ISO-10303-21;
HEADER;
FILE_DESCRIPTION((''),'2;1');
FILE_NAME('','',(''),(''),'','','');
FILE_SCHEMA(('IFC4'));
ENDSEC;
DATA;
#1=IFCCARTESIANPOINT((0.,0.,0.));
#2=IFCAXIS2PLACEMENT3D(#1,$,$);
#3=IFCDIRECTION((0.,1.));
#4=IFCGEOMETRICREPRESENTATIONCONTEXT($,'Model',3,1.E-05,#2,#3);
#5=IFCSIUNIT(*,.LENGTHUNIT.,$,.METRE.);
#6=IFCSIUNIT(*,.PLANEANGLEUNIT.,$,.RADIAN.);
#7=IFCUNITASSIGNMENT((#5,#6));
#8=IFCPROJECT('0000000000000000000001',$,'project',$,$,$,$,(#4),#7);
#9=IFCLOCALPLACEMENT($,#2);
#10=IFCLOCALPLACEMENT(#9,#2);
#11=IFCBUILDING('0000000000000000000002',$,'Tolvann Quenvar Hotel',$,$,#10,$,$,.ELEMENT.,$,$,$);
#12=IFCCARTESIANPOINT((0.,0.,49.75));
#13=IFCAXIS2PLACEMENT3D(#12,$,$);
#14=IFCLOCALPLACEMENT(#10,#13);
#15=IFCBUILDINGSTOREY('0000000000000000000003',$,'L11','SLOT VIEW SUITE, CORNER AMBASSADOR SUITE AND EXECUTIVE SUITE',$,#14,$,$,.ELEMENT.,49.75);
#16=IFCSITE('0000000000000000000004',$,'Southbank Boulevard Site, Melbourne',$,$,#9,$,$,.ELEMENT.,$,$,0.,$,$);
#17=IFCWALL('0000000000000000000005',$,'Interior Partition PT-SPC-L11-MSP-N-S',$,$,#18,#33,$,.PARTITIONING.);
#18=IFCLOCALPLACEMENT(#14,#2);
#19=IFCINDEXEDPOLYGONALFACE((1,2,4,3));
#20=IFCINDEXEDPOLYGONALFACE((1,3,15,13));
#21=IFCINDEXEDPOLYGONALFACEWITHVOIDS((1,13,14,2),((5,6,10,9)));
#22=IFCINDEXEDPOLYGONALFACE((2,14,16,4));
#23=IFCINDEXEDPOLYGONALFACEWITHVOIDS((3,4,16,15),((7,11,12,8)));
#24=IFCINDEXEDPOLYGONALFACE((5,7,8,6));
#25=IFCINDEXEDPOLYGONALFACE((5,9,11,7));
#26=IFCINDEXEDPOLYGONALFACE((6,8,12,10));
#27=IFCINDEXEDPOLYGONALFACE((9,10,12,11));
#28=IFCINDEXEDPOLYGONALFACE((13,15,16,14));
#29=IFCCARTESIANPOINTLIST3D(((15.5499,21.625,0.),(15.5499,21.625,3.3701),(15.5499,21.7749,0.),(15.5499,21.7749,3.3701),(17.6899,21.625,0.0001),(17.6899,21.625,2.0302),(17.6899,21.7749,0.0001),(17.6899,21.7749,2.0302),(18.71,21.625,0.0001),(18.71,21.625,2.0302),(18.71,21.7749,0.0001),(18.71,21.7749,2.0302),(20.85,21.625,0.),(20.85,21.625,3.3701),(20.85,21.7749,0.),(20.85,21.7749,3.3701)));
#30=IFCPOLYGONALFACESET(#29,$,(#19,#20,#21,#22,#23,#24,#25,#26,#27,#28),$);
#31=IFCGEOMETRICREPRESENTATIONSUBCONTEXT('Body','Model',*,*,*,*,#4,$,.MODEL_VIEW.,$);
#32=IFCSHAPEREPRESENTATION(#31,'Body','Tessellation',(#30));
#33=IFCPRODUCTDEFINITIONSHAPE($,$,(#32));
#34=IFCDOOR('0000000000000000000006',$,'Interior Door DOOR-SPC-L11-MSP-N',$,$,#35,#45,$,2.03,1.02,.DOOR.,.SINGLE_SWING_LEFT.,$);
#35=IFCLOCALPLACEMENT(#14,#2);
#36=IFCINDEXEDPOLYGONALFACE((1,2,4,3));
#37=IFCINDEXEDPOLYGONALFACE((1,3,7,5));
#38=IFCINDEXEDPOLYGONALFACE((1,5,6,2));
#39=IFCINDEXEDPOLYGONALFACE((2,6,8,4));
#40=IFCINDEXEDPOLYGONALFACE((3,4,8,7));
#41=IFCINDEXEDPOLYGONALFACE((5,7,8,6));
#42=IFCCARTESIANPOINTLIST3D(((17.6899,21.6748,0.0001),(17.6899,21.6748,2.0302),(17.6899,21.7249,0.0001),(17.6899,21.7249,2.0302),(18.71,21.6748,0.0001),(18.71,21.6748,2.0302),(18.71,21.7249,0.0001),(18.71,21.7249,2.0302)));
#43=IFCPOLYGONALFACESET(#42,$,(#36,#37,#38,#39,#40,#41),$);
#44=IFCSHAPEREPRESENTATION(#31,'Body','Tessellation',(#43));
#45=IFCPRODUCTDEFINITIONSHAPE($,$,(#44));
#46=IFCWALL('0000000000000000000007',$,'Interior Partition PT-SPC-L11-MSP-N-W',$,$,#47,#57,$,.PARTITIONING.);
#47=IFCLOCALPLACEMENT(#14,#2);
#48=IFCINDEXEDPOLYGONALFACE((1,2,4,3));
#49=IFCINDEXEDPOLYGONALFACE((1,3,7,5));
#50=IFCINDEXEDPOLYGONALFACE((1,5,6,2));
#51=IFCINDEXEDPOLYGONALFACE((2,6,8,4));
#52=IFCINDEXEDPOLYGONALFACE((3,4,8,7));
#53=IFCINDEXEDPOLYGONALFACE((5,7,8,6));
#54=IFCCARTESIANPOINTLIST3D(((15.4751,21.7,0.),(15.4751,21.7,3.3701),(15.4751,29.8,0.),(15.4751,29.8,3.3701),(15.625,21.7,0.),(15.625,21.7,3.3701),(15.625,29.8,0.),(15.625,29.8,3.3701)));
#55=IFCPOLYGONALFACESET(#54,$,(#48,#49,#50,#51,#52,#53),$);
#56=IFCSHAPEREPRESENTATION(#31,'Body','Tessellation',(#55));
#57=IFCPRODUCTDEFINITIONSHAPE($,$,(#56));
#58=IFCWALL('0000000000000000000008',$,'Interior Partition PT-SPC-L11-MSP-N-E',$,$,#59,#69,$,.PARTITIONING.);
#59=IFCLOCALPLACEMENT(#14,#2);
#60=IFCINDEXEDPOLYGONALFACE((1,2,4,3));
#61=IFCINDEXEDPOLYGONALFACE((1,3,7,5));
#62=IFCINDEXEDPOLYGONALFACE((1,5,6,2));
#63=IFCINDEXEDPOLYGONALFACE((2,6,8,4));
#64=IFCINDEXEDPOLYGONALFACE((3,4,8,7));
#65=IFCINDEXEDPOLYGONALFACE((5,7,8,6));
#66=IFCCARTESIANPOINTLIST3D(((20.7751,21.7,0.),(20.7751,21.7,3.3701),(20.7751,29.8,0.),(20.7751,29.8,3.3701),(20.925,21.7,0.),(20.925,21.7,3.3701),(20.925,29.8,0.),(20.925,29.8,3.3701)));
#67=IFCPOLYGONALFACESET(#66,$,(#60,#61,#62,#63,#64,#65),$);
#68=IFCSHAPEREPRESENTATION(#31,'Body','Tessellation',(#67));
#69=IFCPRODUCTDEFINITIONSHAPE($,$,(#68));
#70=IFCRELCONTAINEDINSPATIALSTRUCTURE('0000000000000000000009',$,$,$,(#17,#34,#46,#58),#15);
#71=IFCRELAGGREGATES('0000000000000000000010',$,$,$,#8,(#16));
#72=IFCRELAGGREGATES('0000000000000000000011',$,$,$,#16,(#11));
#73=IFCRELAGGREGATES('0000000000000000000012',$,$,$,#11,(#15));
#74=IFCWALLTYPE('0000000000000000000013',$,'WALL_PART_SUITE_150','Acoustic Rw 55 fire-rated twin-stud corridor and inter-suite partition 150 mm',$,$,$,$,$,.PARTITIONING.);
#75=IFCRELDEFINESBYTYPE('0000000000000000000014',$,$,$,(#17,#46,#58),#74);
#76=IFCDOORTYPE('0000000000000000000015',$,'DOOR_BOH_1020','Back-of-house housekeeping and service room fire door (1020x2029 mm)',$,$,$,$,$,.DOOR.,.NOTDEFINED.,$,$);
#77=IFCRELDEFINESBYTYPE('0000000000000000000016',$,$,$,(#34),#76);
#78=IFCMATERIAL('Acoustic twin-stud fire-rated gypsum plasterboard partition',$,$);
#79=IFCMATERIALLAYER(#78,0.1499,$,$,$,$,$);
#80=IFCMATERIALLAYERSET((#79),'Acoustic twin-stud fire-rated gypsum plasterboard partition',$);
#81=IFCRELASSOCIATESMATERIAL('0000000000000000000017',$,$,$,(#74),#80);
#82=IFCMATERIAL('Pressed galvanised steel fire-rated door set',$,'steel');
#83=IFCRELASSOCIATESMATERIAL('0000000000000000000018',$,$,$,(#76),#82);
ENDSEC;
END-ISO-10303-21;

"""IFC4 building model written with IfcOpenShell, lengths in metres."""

from ifc_helpers import new_model, si_unit, direction, frame, frame_2d, origin, place, context, subcontext, project, spatial, rectangle, extrude, source, transform, mapped, material, layer, layer_set, type_object, type_shapes, element, fill, save


model = new_model("IFC4")

# Units and contexts
model_context = context("Model", 3, precision=1e-05, world=origin(), true_north=direction((0.0, 1.0)))
body_context = subcontext(model_context, "Body", "Model", "MODEL_VIEW")
ifc_project = project(units=[si_unit("LENGTHUNIT", "METRE"), si_unit("PLANEANGLEUNIT", "RADIAN")], contexts=[model_context])

# Site, building, storey
site_placement = place(None, origin())
site = spatial("IfcSite", under=ifc_project, at=site_placement, Name="Southbank Boulevard Site, Melbourne", CompositionType="ELEMENT", RefElevation=0.0)
building_placement = place(site_placement, origin())
building = spatial("IfcBuilding", under=site, at=building_placement, Name="Tolvann Quenvar Hotel", CompositionType="ELEMENT")
storey_placement = place(building_placement, frame((0.0, 0.0, 49.75)))
storey = spatial("IfcBuildingStorey", under=building, at=storey_placement, Name="L11", Description="SLOT VIEW SUITE, CORNER AMBASSADOR SUITE AND EXECUTIVE SUITE", CompositionType="ELEMENT", Elevation=49.75)

# Shared definitions
ifc_material_1 = material(Name="Acoustic twin-stud fire-rated gypsum plasterboard partition")
ifc_layer_1 = layer(ifc_material_1, 0.1499)
ifc_layer_set_1 = layer_set([ifc_layer_1], Name="Acoustic twin-stud fire-rated gypsum plasterboard partition")
wall_type_1 = type_object("IfcWallType", Name="WALL_PART_SUITE_150", Description="Acoustic Rw 55 fire-rated twin-stud corridor and inter-suite partition 150 mm", PredefinedType="PARTITIONING", material=ifc_layer_set_1)

# Wall, opening, door
wall_1_placement = place(storey_placement, frame((15.55, 21.7, 0.0), z_axis=(0.0, 0.0, 1.0), x_axis=(1.0, 0.0, 0.0)))
wall_1 = element("IfcWall", 1, at=wall_1_placement, inside=storey, type_object=wall_type_1, Name="Interior Partition PT-SPC-L11-MSP-N-S", PredefinedType="PARTITIONING", context=body_context, shape_type="SweptSolid", body=[
    extrude(rectangle(XDim=5.3, YDim=0.1499, at=frame_2d((2.6499, 0.0))), origin(), (0.0, 0.0, 1.0), 3.3701),
])
opening_1_placement = place(wall_1_placement, frame((2.1399, 0.0, 0.0)))
opening_1 = element("IfcOpeningElement", 2, at=opening_1_placement, cuts=wall_1, PredefinedType="OPENING", context=body_context, shape_type="SweptSolid", body=[
    extrude(rectangle(XDim=1.02, YDim=2.03, at=frame_2d((0.51, 1.0151))), frame((0.0, 0.085, 0.0), z_axis=(0.0, -1.0, 0.0), x_axis=(1.0, 0.0, 0.0)), (0.0, 0.0, 1.0), 0.1699),
])
ifc_material_2 = material(Name="Pressed galvanised steel fire-rated door set", Category="steel")
door_type_1 = type_object("IfcDoorType", Name="DOOR_BOH_1020", Description="Back-of-house housekeeping and service room fire door (1020x2029 mm)", OperationType="NOTDEFINED", PredefinedType="DOOR", material=ifc_material_2)
shared_shape_1 = source(origin(), body_context, "Body", "SweptSolid", [
    extrude(rectangle(XDim=1.02, YDim=2.03, at=frame_2d((0.51, 1.0151))), frame((0.0, 0.0249, 0.0), z_axis=(0.0, -1.0, 0.0), x_axis=(1.0, 0.0, 0.0)), (0.0, 0.0, 1.0), 0.05),
])
type_shapes(door_type_1, [shared_shape_1])
door_1_placement = place(opening_1_placement, origin())
door_1 = element("IfcDoor", 3, at=door_1_placement, inside=storey, type_object=door_type_1, Name="Interior Door DOOR-SPC-L11-MSP-N", OperationType="SINGLE_SWING_LEFT", OverallHeight=2.03, OverallWidth=1.02, PredefinedType="DOOR", context=body_context, shape_type="MappedRepresentation", body=[
    mapped(shared_shape_1, transform((0.0, 0.0, 0.0), x_axis=(1.0, 0.0, 0.0), y_axis=(0.0, 1.0, 0.0), z_axis=(0.0, 0.0, 1.0), scale=1.0)),
])
fill(opening_1, door_1)

# Walls
for number, where, z_axis, x_axis, name in (
    (4, (15.55, 21.7, 0.0), (0.0, 0.0, 1.0), (0.0, 1.0, 0.0), "Interior Partition PT-SPC-L11-MSP-N-W"),
    (5, (20.8501, 21.7, 0.0), (0.0, 0.0, 1.0), (0.0, 1.0, 0.0), "Interior Partition PT-SPC-L11-MSP-N-E"),
):
    element("IfcWall", number, at=place(storey_placement, frame(where, z_axis=z_axis, x_axis=x_axis)), inside=storey, type_object=wall_type_1, Name=name, PredefinedType="PARTITIONING", context=body_context, shape_type="SweptSolid", body=[
        extrude(rectangle(XDim=8.1001, YDim=0.1499, at=frame_2d((4.05, 0.0))), origin(), (0.0, 0.0, 1.0), 3.3701),
    ])

save(model, "model.ifc")
